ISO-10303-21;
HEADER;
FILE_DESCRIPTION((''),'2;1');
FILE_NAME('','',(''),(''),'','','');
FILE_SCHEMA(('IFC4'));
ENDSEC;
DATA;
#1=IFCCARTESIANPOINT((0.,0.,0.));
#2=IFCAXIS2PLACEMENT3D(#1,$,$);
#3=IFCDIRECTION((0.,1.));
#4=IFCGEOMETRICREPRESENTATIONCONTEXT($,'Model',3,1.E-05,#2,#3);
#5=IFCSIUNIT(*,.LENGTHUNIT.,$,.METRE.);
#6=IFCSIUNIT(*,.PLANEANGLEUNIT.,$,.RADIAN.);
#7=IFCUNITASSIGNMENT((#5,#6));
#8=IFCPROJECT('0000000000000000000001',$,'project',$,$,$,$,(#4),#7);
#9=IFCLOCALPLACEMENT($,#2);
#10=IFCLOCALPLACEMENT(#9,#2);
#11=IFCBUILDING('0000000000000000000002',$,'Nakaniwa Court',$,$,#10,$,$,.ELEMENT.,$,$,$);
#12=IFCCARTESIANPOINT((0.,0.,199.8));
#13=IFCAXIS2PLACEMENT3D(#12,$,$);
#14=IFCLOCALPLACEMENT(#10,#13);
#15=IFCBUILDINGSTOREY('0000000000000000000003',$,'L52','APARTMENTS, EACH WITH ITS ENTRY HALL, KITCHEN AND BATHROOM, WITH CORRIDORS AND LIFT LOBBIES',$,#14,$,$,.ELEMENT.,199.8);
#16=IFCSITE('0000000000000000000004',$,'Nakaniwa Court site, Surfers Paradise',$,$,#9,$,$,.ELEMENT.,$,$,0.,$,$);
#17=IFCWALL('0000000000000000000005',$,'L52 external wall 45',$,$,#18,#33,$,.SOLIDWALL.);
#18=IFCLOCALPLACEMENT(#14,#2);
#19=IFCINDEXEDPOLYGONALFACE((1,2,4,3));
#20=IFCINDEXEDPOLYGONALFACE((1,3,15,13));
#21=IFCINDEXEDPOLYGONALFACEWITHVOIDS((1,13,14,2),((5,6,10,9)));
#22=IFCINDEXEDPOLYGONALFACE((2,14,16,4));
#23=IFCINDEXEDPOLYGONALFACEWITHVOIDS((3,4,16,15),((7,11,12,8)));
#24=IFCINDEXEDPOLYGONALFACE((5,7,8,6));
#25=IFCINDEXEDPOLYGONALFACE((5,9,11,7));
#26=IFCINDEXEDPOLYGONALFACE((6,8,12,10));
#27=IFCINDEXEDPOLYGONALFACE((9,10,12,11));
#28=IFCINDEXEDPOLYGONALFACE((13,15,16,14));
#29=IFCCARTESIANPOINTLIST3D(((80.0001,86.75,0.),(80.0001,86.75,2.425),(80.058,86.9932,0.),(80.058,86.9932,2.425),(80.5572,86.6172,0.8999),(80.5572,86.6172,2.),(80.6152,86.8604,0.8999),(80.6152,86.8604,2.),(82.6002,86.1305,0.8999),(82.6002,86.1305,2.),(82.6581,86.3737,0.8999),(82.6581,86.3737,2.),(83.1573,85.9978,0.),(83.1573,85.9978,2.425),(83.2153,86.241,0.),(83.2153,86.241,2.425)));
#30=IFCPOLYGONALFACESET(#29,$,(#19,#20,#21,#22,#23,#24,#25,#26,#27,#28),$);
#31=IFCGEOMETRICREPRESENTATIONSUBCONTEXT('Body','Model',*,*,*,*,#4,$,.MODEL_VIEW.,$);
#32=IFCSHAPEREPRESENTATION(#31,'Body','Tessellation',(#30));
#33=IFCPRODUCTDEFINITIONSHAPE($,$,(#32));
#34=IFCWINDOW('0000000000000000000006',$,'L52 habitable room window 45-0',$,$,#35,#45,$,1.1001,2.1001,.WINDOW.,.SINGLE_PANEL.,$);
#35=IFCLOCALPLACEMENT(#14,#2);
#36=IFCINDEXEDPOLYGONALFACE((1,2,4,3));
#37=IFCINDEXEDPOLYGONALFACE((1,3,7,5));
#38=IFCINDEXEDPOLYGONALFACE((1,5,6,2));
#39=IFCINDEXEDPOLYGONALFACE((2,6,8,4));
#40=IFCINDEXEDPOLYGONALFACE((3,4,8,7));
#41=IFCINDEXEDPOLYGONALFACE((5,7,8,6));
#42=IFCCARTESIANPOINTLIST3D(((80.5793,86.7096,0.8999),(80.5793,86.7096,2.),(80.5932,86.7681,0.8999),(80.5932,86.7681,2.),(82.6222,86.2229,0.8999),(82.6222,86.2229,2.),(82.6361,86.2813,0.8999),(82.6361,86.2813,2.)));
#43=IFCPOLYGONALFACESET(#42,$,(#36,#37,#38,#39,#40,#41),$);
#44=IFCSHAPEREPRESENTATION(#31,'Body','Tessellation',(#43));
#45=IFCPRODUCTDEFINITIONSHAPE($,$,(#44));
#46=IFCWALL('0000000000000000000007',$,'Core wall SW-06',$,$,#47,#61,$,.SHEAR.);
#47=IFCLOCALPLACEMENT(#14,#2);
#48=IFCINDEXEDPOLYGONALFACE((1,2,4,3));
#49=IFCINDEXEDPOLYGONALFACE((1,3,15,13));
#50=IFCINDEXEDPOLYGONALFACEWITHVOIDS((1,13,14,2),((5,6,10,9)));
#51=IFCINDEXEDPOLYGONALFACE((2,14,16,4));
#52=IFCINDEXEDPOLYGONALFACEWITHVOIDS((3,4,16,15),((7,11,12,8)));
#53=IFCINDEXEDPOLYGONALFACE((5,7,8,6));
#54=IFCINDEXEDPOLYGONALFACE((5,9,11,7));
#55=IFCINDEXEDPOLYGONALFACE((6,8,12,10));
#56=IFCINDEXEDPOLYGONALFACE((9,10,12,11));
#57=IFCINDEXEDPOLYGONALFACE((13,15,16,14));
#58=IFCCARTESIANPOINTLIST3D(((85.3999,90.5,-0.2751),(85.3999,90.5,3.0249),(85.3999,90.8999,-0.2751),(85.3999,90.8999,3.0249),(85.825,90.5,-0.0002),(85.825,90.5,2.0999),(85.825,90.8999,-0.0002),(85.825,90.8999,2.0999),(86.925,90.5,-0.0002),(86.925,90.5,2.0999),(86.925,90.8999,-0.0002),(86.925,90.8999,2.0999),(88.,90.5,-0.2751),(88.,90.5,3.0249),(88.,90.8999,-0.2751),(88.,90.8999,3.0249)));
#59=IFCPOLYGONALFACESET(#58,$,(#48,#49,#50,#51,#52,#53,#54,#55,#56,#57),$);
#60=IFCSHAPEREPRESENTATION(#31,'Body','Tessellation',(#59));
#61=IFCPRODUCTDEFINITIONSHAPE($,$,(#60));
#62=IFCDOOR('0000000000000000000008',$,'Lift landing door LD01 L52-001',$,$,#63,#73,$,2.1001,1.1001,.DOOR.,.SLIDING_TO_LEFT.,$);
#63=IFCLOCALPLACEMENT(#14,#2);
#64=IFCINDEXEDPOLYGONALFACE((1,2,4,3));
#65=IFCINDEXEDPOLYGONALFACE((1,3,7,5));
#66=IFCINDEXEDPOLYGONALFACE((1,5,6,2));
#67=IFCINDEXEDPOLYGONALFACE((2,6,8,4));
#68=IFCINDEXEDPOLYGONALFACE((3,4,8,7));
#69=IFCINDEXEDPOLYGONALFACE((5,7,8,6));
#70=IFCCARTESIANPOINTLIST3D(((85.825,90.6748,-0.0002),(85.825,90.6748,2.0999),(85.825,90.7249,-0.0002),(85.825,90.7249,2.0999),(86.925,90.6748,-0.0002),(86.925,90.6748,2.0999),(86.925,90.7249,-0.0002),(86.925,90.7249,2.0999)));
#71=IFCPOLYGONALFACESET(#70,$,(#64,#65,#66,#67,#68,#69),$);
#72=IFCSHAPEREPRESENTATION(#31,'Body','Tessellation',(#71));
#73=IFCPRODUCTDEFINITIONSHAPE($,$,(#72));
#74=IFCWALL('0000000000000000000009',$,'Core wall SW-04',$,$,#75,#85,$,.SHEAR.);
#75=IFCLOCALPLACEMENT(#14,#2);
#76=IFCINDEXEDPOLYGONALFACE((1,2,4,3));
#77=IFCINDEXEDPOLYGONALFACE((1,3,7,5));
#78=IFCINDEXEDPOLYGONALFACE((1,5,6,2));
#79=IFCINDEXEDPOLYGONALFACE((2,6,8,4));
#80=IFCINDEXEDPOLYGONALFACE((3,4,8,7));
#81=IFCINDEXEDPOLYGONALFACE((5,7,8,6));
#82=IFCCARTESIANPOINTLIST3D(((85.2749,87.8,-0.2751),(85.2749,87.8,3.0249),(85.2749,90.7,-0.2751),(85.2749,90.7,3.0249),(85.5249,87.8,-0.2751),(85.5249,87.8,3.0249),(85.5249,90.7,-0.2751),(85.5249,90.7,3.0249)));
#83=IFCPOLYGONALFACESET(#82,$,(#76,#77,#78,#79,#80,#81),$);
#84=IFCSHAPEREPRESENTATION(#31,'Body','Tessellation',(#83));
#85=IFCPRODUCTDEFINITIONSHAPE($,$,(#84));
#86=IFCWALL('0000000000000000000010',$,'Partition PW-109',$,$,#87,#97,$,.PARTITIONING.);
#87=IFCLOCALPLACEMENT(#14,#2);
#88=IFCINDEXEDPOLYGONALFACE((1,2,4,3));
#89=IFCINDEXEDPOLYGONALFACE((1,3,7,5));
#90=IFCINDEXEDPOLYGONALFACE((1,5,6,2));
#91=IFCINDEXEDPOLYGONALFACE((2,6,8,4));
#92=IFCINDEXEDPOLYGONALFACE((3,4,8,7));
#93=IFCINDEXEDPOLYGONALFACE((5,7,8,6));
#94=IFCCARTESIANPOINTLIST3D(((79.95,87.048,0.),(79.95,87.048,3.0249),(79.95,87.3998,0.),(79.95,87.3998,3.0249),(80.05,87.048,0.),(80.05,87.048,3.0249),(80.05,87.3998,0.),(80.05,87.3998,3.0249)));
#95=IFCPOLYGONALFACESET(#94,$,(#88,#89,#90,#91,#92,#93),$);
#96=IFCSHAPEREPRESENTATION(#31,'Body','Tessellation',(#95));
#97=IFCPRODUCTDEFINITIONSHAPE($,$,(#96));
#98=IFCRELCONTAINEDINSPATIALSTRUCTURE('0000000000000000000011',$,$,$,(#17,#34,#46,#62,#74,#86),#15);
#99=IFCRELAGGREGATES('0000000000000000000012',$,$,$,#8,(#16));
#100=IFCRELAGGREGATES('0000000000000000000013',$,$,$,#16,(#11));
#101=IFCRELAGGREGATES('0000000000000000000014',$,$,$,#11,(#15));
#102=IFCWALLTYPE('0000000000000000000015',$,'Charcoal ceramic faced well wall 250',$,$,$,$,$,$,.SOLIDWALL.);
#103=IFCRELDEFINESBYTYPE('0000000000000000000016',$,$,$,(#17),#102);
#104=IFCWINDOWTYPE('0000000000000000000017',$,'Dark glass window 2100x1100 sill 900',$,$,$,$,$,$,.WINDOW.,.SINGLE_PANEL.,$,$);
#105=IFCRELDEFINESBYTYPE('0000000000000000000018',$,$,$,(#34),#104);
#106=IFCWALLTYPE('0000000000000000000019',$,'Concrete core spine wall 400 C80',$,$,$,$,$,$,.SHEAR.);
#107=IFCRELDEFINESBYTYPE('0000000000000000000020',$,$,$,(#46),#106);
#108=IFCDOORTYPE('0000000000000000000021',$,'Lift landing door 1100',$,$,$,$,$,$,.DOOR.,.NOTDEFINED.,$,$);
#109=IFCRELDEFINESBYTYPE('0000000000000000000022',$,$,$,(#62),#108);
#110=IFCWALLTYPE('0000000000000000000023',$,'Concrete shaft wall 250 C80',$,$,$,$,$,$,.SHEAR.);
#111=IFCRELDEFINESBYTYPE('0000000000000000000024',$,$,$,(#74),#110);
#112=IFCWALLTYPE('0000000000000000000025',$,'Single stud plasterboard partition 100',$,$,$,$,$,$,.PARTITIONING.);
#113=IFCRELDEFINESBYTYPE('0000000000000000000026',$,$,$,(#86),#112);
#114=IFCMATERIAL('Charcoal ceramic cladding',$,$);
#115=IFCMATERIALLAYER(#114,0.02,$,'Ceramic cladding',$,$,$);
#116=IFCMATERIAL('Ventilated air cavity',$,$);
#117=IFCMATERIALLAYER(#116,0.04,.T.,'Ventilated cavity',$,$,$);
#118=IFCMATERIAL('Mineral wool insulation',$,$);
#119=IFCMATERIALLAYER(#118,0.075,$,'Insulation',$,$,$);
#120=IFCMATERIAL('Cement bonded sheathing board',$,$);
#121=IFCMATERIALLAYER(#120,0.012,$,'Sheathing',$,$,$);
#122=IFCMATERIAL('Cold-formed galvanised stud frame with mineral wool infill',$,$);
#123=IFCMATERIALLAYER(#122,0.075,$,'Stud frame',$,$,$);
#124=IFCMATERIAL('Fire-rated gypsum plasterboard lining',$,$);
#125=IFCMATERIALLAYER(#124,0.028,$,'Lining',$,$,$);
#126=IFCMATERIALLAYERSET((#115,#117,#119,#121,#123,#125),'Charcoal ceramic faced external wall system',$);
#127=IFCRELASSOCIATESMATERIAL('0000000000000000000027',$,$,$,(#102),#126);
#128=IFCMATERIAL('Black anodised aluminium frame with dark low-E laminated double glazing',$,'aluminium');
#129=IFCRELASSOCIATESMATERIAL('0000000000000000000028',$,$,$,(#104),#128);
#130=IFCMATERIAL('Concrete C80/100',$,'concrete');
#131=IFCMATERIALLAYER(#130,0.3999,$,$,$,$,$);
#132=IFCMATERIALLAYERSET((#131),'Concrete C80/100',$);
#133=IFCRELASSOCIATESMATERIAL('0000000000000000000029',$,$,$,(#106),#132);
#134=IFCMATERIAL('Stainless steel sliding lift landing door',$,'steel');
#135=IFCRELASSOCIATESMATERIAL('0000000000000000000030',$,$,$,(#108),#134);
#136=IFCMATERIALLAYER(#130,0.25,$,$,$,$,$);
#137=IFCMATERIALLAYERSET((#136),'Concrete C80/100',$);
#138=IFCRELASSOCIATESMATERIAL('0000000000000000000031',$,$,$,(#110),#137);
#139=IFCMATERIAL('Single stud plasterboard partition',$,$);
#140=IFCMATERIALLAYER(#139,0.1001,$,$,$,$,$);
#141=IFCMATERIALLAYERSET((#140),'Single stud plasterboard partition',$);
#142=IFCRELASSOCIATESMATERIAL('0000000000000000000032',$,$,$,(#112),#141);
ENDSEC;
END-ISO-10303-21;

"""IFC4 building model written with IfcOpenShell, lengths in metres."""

from ifc_helpers import new_model, si_unit, direction, frame, frame_2d, origin, place, context, subcontext, project, spatial, rectangle, extrude, material, layer, layer_set, type_object, element, fill, save


model = new_model("IFC4")

# Units and contexts
model_context = context("Model", 3, precision=1e-05, world=origin(), true_north=direction((0.0, 1.0)))
body_context = subcontext(model_context, "Body", "Model", "MODEL_VIEW")
ifc_project = project(units=[si_unit("LENGTHUNIT", "METRE"), si_unit("PLANEANGLEUNIT", "RADIAN")], contexts=[model_context])

# Site, building, storey
site_placement = place(None, origin())
site = spatial("IfcSite", under=ifc_project, at=site_placement, Name="Nakaniwa Court site, Surfers Paradise", CompositionType="ELEMENT", RefElevation=0.0)
building_placement = place(site_placement, origin())
building = spatial("IfcBuilding", under=site, at=building_placement, Name="Nakaniwa Court", CompositionType="ELEMENT")
storey_placement = place(building_placement, frame((0.0, 0.0, 199.8)))
storey = spatial("IfcBuildingStorey", under=building, at=storey_placement, Name="L52", Description="APARTMENTS, EACH WITH ITS ENTRY HALL, KITCHEN AND BATHROOM, WITH CORRIDORS AND LIFT LOBBIES", CompositionType="ELEMENT", Elevation=199.8)

# Shared definitions
ifc_material_1 = material(Name="Concrete C80/100", Category="concrete")

# Wall, opening, window
ifc_material_2 = material(Name="Charcoal ceramic cladding")
ifc_layer_1 = layer(ifc_material_2, 0.02, Name="Ceramic cladding")
ifc_material_3 = material(Name="Ventilated air cavity")
ifc_layer_2 = layer(ifc_material_3, 0.04, ventilated=True, Name="Ventilated cavity")
ifc_material_4 = material(Name="Mineral wool insulation")
ifc_layer_3 = layer(ifc_material_4, 0.075, Name="Insulation")
ifc_material_5 = material(Name="Cement bonded sheathing board")
ifc_layer_4 = layer(ifc_material_5, 0.012, Name="Sheathing")
ifc_material_6 = material(Name="Cold-formed galvanised stud frame with mineral wool infill")
ifc_layer_5 = layer(ifc_material_6, 0.075, Name="Stud frame")
ifc_material_7 = material(Name="Fire-rated gypsum plasterboard lining")
ifc_layer_6 = layer(ifc_material_7, 0.028, Name="Lining")
ifc_layer_set_1 = layer_set([ifc_layer_1, ifc_layer_2, ifc_layer_3, ifc_layer_4, ifc_layer_5, ifc_layer_6], Name="Charcoal ceramic faced external wall system")
wall_type_1 = type_object("IfcWallType", Name="Charcoal ceramic faced well wall 250", PredefinedType="SOLIDWALL", material=ifc_layer_set_1)
wall_1_placement = place(storey_placement, frame((80.0291, 86.8716, 0.0), z_axis=(0.0, 0.0, 1.0), x_axis=(0.972773, -0.23176, 0.0)))
wall_1 = element("IfcWall", 1, at=wall_1_placement, inside=storey, type_object=wall_type_1, Name="L52 external wall 45", PredefinedType="SOLIDWALL", context=body_context, shape_type="SweptSolid", body=[
    extrude(rectangle(XDim=3.2456, YDim=0.25, at=frame_2d((1.6228, 0.0))), origin(), (0.0, 0.0, 1.0), 2.425),
])
opening_1_placement = place(wall_1_placement, frame((0.5728, 0.0, 0.8999)))
opening_1 = element("IfcOpeningElement", 2, at=opening_1_placement, cuts=wall_1, PredefinedType="OPENING", context=body_context, shape_type="SweptSolid", body=[
    extrude(rectangle(XDim=2.1001, YDim=1.1001, at=frame_2d((1.05, 0.55))), frame((0.0, 0.135, 0.0), z_axis=(0.0, -1.0, 0.0), x_axis=(1.0, 0.0, 0.0)), (0.0, 0.0, 1.0), 0.27),
])
ifc_material_8 = material(Name="Black anodised aluminium frame with dark low-E laminated double glazing", Category="aluminium")
window_type = type_object("IfcWindowType", Name="Dark glass window 2100x1100 sill 900", PartitioningType="SINGLE_PANEL", PredefinedType="WINDOW", material=ifc_material_8)
window_placement = place(opening_1_placement, origin())
window = element("IfcWindow", 3, at=window_placement, inside=storey, type_object=window_type, Name="L52 habitable room window 45-0", OverallHeight=1.1001, OverallWidth=2.1001, PartitioningType="SINGLE_PANEL", PredefinedType="WINDOW", context=body_context, shape_type="SweptSolid", body=[
    extrude(rectangle(XDim=2.1001, YDim=1.1001, at=frame_2d((1.05, 0.55))), frame((0.0, 0.03, 0.0), z_axis=(0.0, -1.0, 0.0), x_axis=(1.0, 0.0, 0.0)), (0.0, 0.0, 1.0), 0.0601),
])
fill(opening_1, window)

# Wall, opening, door
ifc_layer_7 = layer(ifc_material_1, 0.3999)
ifc_layer_set_2 = layer_set([ifc_layer_7], Name="Concrete C80/100")
wall_type_2 = type_object("IfcWallType", Name="Concrete core spine wall 400 C80", PredefinedType="SHEAR", material=ifc_layer_set_2)
wall_2_placement = place(storey_placement, frame((85.3999, 90.7, -0.2751), z_axis=(0.0, 0.0, 1.0), x_axis=(1.0, 0.0, 0.0)))
wall_2 = element("IfcWall", 4, at=wall_2_placement, inside=storey, type_object=wall_type_2, Name="Core wall SW-06", PredefinedType="SHEAR", context=body_context, shape_type="SweptSolid", body=[
    extrude(rectangle(XDim=2.6001, YDim=0.3999, at=frame_2d((1.3, 0.0))), origin(), (0.0, 0.0, 1.0), 3.3),
])
opening_2_placement = place(wall_2_placement, frame((0.425, 0.0, 0.2749)))
opening_2 = element("IfcOpeningElement", 5, at=opening_2_placement, cuts=wall_2, PredefinedType="OPENING", context=body_context, shape_type="SweptSolid", body=[
    extrude(rectangle(XDim=1.1001, YDim=2.1001, at=frame_2d((0.55, 1.05))), frame((0.0, 0.21, 0.0), z_axis=(0.0, -1.0, 0.0), x_axis=(1.0, 0.0, 0.0)), (0.0, 0.0, 1.0), 0.4199),
])
ifc_material_9 = material(Name="Stainless steel sliding lift landing door", Category="steel")
door_type_1 = type_object("IfcDoorType", Name="Lift landing door 1100", OperationType="NOTDEFINED", PredefinedType="DOOR", material=ifc_material_9)
door_1_placement = place(opening_2_placement, origin())
door_1 = element("IfcDoor", 6, at=door_1_placement, inside=storey, type_object=door_type_1, Name="Lift landing door LD01 L52-001", OperationType="SLIDING_TO_LEFT", OverallHeight=2.1001, OverallWidth=1.1001, PredefinedType="DOOR", context=body_context, shape_type="SweptSolid", body=[
    extrude(rectangle(XDim=1.1001, YDim=2.1001, at=frame_2d((0.55, 1.05))), frame((0.0, 0.0249, 0.0), z_axis=(0.0, -1.0, 0.0), x_axis=(1.0, 0.0, 0.0)), (0.0, 0.0, 1.0), 0.05),
])
fill(opening_2, door_1)

# Walls
ifc_layer_8 = layer(ifc_material_1, 0.25)
ifc_layer_set_3 = layer_set([ifc_layer_8], Name="Concrete C80/100")
wall_type_3 = type_object("IfcWallType", Name="Concrete shaft wall 250 C80", PredefinedType="SHEAR", material=ifc_layer_set_3)
wall_3_placement = place(storey_placement, frame((85.3999, 87.8, -0.2751), z_axis=(0.0, 0.0, 1.0), x_axis=(0.0, 1.0, 0.0)))
element("IfcWall", 7, at=wall_3_placement, inside=storey, type_object=wall_type_3, Name="Core wall SW-04", PredefinedType="SHEAR", context=body_context, shape_type="SweptSolid", body=[
    extrude(rectangle(XDim=2.8999, YDim=0.25, at=frame_2d((1.45, 0.0))), origin(), (0.0, 0.0, 1.0), 3.3),
])
ifc_material_10 = material(Name="Single stud plasterboard partition")
ifc_layer_9 = layer(ifc_material_10, 0.1001)
ifc_layer_set_4 = layer_set([ifc_layer_9], Name="Single stud plasterboard partition")
wall_type_4 = type_object("IfcWallType", Name="Single stud plasterboard partition 100", PredefinedType="PARTITIONING", material=ifc_layer_set_4)
wall_4_placement = place(storey_placement, frame((80.0, 87.0481, 0.0), z_axis=(0.0, 0.0, 1.0), x_axis=(0.0, 1.0, 0.0)))
element("IfcWall", 8, at=wall_4_placement, inside=storey, type_object=wall_type_4, Name="Partition PW-109", PredefinedType="PARTITIONING", context=body_context, shape_type="SweptSolid", body=[
    extrude(rectangle(XDim=0.3518, YDim=0.1001, at=frame_2d((0.1758, 0.0))), origin(), (0.0, 0.0, 1.0), 3.0249),
])

save(model, "model.ifc")
